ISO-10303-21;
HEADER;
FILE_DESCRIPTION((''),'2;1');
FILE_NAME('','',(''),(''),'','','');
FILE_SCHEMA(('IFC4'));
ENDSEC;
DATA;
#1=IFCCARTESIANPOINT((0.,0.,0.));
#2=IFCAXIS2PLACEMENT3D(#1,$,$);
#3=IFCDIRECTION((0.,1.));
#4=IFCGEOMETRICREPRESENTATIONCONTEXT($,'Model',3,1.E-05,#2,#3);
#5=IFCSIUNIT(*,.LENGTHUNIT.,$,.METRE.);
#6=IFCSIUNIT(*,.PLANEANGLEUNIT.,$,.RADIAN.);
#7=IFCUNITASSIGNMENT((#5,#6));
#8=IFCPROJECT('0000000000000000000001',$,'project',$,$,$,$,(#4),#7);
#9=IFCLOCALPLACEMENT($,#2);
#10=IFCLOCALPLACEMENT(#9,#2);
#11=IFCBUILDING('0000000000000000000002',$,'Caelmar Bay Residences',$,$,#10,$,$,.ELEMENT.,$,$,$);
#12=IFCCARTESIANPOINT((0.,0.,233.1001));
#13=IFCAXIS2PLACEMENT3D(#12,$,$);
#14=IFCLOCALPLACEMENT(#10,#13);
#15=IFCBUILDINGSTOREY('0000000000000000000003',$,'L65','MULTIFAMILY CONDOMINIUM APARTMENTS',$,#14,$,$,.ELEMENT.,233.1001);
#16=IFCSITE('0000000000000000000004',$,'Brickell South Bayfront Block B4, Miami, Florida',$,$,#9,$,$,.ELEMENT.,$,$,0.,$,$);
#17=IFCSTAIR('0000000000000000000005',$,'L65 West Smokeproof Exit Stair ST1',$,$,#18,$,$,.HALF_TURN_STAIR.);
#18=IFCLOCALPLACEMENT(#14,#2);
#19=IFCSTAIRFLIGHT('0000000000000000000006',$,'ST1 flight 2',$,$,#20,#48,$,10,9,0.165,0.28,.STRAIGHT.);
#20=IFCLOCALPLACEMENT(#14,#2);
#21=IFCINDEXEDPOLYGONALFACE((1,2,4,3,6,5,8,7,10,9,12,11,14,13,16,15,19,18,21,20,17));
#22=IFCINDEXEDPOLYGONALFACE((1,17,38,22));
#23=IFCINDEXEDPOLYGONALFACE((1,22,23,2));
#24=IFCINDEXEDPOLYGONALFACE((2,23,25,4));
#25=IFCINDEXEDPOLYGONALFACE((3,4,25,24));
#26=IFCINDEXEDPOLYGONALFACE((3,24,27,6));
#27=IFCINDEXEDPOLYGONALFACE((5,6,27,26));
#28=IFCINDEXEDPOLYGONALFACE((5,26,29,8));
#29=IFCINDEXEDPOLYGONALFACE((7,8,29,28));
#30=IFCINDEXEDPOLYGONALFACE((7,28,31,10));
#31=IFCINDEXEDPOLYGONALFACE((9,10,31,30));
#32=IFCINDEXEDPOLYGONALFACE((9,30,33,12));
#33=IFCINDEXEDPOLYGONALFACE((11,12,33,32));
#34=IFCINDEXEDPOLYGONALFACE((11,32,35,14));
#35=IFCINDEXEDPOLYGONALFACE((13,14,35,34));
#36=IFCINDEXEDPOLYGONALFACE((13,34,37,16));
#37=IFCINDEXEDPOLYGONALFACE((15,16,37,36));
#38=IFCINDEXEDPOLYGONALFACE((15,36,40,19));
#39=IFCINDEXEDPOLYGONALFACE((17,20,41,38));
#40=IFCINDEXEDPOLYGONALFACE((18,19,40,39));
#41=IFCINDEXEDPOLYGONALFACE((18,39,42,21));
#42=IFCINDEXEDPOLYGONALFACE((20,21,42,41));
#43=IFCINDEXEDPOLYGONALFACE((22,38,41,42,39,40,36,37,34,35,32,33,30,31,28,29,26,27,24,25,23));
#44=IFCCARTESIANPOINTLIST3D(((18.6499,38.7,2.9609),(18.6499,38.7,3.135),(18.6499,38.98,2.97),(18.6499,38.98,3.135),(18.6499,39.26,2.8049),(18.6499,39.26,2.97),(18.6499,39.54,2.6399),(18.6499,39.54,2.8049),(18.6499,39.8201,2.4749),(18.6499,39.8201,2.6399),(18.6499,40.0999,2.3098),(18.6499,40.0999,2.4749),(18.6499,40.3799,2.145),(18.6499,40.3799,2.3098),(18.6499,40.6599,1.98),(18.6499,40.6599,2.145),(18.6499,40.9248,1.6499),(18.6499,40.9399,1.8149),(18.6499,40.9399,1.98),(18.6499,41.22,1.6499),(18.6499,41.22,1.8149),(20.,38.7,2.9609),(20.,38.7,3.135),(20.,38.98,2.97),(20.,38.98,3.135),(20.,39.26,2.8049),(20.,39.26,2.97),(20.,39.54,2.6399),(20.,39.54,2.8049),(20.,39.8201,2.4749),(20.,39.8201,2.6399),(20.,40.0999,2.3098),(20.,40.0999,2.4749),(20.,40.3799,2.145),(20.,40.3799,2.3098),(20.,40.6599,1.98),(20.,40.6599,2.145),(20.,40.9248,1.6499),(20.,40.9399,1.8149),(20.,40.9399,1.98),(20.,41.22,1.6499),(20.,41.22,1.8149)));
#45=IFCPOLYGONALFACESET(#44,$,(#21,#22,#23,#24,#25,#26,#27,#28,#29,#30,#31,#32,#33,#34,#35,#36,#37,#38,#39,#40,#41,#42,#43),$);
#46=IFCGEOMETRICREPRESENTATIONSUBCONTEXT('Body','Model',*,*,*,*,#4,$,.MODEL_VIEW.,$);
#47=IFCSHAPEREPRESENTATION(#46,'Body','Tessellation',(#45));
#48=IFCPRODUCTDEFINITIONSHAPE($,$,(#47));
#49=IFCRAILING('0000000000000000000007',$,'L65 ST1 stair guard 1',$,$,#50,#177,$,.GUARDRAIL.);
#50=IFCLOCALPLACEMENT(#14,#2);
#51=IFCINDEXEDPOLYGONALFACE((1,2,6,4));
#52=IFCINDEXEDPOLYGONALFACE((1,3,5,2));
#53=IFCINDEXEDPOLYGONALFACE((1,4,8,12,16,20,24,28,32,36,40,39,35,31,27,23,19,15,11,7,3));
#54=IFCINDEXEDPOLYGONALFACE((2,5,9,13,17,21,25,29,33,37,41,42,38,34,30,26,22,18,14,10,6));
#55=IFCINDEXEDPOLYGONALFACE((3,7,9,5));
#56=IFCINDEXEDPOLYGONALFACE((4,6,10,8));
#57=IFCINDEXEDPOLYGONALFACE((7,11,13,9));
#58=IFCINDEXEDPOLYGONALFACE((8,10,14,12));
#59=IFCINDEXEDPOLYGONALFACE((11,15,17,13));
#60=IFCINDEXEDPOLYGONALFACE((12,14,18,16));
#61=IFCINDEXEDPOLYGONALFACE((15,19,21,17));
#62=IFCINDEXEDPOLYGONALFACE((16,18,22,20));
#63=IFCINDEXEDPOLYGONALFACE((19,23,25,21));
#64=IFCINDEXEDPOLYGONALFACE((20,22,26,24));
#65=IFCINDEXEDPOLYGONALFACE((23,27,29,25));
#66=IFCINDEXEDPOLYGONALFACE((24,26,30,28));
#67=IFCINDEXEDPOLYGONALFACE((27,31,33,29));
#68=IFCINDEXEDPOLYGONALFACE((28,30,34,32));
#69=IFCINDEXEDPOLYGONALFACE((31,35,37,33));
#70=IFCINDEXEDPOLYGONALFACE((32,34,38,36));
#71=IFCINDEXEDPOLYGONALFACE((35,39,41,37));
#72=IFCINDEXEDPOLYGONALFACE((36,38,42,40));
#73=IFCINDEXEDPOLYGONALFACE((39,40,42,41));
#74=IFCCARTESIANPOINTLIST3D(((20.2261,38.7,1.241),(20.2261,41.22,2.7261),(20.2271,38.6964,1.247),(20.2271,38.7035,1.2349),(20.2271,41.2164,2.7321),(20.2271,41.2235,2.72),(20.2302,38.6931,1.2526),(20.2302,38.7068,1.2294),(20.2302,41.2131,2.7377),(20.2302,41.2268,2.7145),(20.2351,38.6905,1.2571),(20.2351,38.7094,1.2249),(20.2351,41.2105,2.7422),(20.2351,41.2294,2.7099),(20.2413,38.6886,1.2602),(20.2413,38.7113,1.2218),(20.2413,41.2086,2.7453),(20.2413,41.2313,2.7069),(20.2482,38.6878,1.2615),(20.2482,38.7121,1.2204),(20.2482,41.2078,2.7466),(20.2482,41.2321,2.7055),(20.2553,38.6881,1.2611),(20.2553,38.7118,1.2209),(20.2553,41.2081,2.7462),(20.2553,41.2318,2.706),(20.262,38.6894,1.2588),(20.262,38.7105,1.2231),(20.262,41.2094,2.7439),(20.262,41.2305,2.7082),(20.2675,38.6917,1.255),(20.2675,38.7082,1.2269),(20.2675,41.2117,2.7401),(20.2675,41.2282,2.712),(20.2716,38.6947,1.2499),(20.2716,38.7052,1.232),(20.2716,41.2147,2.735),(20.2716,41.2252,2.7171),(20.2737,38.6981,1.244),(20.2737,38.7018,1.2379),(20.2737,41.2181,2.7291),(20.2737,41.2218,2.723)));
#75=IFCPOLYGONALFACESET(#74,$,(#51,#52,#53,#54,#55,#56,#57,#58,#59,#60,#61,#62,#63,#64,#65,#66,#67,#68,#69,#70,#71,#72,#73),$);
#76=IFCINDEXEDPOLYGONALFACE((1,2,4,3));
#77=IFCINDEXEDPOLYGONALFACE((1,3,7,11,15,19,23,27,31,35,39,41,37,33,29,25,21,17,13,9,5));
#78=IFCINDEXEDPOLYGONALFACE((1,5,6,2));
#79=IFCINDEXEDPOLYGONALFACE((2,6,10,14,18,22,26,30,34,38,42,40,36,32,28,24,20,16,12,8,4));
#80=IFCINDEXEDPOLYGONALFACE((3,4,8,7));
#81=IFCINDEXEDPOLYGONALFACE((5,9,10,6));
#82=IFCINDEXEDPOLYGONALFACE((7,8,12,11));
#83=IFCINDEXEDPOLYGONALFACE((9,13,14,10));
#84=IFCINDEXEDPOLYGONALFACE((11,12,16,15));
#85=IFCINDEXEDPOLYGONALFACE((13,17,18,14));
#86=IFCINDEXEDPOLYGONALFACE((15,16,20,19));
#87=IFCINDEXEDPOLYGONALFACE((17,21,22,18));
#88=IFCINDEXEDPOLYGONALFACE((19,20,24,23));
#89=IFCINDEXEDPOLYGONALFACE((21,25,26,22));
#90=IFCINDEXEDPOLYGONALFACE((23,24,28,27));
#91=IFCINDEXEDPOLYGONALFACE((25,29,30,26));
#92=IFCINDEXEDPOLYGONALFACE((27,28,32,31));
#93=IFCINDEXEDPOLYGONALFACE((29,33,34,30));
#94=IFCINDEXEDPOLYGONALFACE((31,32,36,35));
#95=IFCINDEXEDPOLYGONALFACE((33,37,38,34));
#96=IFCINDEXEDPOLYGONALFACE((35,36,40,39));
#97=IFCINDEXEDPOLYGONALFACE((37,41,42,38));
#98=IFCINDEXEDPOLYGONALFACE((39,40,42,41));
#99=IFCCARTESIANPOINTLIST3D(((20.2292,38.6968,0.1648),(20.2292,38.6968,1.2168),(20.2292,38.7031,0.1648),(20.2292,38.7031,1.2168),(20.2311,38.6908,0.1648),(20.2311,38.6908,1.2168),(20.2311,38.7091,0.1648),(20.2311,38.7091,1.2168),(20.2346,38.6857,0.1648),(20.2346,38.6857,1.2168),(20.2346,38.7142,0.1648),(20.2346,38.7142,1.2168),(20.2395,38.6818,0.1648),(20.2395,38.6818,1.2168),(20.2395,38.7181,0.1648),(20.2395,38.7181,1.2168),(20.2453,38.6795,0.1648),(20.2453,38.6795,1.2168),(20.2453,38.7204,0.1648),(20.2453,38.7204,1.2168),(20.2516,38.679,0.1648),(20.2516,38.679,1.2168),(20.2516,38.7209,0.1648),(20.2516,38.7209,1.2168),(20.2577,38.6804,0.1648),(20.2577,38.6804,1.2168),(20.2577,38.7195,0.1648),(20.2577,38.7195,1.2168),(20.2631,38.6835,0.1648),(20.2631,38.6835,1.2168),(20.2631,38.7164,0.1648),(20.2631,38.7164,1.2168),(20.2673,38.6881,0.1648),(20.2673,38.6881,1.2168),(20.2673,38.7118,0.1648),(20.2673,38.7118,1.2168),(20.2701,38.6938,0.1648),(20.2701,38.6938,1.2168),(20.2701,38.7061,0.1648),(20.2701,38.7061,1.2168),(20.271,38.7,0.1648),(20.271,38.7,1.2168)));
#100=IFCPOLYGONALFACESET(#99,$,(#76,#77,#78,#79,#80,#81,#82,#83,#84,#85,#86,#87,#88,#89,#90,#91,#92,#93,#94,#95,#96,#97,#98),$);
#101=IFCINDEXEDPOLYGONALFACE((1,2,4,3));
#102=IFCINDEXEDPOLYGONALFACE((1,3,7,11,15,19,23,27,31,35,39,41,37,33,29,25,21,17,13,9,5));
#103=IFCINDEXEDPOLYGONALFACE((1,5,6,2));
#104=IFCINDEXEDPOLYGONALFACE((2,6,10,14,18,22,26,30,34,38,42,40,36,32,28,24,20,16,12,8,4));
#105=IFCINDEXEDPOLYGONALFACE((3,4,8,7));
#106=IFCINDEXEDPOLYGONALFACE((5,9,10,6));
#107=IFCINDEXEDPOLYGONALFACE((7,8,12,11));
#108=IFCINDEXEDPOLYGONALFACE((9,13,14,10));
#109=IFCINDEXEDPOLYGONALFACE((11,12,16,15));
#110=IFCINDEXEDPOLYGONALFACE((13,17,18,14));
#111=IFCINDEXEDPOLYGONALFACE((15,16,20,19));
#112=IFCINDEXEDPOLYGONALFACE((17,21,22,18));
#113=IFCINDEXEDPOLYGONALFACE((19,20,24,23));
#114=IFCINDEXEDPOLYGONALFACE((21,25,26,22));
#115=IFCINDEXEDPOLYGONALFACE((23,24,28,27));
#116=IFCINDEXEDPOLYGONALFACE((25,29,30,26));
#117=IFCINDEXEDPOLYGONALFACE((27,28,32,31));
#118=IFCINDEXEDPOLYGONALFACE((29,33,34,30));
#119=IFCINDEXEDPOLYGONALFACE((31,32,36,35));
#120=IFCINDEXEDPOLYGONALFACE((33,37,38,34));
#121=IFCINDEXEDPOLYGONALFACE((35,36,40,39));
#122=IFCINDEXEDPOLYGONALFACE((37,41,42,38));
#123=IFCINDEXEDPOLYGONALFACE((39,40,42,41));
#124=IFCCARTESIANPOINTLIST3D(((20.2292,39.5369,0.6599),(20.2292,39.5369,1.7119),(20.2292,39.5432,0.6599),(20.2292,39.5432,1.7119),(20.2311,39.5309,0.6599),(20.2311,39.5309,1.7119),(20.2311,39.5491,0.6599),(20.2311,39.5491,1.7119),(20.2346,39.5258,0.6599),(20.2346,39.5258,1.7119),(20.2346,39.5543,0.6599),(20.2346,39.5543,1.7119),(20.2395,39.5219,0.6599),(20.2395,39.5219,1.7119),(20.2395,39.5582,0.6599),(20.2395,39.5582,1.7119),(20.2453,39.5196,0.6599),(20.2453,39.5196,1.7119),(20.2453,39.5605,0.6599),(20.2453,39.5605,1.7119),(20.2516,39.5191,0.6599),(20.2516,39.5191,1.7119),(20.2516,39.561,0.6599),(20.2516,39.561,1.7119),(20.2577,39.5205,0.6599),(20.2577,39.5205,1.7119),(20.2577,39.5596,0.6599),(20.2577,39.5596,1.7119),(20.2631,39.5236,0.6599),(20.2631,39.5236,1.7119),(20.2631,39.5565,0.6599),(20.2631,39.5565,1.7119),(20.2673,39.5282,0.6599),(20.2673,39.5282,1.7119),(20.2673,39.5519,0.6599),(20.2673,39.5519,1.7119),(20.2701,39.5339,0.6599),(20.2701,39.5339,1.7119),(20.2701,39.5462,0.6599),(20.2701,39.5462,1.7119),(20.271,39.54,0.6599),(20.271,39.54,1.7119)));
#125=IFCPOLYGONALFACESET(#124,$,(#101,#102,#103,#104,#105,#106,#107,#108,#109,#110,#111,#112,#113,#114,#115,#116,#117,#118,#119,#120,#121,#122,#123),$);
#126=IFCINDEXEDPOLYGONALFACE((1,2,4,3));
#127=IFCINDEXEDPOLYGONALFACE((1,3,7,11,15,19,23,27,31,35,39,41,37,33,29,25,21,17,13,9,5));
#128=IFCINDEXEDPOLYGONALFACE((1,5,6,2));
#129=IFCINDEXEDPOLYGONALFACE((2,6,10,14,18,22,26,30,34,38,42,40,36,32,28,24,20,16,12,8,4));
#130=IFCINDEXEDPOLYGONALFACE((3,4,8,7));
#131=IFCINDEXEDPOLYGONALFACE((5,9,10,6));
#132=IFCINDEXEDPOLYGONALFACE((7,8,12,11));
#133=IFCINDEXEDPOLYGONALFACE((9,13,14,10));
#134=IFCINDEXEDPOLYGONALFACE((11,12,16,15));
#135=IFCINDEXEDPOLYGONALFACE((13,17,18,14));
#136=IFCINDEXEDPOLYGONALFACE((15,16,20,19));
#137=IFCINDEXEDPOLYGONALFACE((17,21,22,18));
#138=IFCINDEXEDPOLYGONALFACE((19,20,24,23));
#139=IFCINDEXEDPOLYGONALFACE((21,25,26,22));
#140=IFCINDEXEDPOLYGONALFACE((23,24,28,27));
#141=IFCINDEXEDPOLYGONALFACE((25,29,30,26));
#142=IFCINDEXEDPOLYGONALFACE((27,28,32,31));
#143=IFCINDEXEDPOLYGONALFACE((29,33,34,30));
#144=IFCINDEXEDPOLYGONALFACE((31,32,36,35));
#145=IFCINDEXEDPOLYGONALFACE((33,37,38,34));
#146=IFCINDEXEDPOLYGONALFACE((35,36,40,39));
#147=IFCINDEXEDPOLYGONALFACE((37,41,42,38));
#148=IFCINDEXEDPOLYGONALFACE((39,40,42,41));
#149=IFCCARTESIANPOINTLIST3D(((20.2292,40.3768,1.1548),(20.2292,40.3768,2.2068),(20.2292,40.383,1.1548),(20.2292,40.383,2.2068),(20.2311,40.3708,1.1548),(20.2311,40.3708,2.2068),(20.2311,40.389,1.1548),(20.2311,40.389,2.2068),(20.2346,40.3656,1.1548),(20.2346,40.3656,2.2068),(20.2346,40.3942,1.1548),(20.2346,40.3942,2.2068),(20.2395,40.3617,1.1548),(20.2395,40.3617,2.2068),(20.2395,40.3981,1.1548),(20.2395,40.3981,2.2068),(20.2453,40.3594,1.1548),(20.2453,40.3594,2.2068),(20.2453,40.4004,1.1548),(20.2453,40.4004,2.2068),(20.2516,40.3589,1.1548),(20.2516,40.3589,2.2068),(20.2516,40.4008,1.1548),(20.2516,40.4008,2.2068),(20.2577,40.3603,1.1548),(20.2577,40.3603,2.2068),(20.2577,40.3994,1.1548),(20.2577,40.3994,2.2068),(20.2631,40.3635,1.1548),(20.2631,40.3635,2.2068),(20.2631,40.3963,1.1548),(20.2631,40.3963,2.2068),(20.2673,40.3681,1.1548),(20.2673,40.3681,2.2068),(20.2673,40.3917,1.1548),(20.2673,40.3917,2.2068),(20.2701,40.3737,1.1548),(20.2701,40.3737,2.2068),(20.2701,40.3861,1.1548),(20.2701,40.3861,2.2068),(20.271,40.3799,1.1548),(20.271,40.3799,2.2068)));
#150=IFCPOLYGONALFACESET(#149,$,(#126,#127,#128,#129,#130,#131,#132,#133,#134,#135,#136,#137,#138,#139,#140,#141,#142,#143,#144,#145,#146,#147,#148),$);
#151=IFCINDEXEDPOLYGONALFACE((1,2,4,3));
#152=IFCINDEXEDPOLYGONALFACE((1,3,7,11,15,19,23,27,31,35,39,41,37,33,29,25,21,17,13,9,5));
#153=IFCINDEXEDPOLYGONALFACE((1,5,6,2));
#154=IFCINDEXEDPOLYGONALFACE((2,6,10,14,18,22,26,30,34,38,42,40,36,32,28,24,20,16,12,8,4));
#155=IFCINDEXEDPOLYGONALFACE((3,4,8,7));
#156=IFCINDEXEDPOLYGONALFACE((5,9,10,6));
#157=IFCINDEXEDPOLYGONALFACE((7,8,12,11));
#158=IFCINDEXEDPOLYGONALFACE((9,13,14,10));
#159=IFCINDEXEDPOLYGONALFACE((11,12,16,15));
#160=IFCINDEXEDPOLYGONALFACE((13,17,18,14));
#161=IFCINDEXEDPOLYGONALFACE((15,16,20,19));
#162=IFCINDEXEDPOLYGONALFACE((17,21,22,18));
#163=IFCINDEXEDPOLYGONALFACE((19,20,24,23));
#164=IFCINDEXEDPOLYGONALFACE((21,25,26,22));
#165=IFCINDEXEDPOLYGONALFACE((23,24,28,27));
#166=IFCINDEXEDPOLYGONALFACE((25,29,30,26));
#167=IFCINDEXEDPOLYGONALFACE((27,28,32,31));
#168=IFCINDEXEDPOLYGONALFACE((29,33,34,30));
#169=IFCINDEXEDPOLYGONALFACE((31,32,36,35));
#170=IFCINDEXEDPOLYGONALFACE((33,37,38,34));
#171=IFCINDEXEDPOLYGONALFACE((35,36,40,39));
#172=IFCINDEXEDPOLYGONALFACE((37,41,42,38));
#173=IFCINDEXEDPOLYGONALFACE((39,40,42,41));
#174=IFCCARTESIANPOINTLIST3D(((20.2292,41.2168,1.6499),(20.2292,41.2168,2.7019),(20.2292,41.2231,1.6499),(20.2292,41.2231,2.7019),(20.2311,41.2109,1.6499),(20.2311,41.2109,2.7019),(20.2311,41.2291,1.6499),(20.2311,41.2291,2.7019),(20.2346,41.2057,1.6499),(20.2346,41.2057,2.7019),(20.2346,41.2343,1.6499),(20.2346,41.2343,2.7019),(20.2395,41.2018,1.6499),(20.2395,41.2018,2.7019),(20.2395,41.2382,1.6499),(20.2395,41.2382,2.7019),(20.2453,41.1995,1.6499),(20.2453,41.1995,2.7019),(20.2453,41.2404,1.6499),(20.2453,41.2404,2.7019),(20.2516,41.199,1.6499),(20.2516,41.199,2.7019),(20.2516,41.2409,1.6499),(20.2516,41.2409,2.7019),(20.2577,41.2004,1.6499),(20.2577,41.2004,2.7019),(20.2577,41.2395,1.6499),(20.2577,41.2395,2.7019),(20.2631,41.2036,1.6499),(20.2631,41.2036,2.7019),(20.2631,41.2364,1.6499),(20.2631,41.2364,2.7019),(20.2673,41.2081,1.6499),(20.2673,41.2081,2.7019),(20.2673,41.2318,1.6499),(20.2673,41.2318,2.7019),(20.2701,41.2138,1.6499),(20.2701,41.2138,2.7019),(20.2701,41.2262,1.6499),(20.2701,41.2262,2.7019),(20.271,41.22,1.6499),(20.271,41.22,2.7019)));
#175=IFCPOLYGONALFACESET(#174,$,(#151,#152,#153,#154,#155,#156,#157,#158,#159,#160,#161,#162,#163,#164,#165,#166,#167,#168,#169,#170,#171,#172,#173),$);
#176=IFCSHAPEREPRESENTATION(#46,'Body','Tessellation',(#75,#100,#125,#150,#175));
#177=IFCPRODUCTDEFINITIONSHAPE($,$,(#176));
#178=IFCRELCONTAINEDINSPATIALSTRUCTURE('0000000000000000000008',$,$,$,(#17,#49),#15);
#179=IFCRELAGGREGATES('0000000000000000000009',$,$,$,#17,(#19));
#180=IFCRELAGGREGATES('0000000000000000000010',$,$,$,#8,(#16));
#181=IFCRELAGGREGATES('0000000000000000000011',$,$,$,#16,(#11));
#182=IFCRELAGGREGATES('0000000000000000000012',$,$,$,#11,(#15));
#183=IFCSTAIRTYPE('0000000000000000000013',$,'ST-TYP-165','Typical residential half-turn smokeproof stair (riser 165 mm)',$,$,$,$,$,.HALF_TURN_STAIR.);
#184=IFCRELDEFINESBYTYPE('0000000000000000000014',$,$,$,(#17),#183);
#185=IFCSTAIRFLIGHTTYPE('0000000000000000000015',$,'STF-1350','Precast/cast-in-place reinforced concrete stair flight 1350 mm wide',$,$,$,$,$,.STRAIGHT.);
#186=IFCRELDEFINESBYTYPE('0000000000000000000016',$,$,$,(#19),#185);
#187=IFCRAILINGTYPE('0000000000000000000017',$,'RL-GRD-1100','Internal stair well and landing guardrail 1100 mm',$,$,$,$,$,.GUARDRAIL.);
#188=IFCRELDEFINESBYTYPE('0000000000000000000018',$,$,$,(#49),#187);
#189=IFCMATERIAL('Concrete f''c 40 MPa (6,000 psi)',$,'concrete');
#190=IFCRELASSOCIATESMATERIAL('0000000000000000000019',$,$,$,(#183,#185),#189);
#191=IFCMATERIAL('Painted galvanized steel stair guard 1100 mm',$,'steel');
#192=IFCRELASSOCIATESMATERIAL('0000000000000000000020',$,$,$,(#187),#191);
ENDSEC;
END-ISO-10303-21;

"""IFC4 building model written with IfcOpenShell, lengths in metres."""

from ifc_helpers import new_model, si_unit, direction, frame, origin, origin_2d, place, context, subcontext, project, spatial, polyline, circle, outline, extrude, material, type_object, element, aggregate, save


model = new_model("IFC4")

# Units and contexts
model_context = context("Model", 3, precision=1e-05, world=origin(), true_north=direction((0.0, 1.0)))
body_context = subcontext(model_context, "Body", "Model", "MODEL_VIEW")
ifc_project = project(units=[si_unit("LENGTHUNIT", "METRE"), si_unit("PLANEANGLEUNIT", "RADIAN")], contexts=[model_context])

# Site, building, storey
site_placement = place(None, origin())
site = spatial("IfcSite", under=ifc_project, at=site_placement, Name="Brickell South Bayfront Block B4, Miami, Florida", CompositionType="ELEMENT", RefElevation=0.0)
building_placement = place(site_placement, origin())
building = spatial("IfcBuilding", under=site, at=building_placement, Name="Caelmar Bay Residences", CompositionType="ELEMENT")
storey_placement = place(building_placement, frame((0.0, 0.0, 233.1001)))
storey = spatial("IfcBuildingStorey", under=building, at=storey_placement, Name="L65", Description="MULTIFAMILY CONDOMINIUM APARTMENTS", CompositionType="ELEMENT", Elevation=233.1001)

# Stair, stair flight
ifc_material_1 = material(Name="Concrete f'c 40 MPa (6,000 psi)", Category="concrete")
stair_type = type_object("IfcStairType", Name="ST-TYP-165", Description="Typical residential half-turn smokeproof stair (riser 165 mm)", PredefinedType="HALF_TURN_STAIR", material=ifc_material_1)
stair_placement = place(storey_placement, origin())
stair = element("IfcStair", 1, at=stair_placement, inside=storey, type_object=stair_type, Name="L65 West Smokeproof Exit Stair ST1", PredefinedType="HALF_TURN_STAIR")
stair_flight_type = type_object("IfcStairFlightType", Name="STF-1350", Description="Precast/cast-in-place reinforced concrete stair flight 1350 mm wide", PredefinedType="STRAIGHT", material=ifc_material_1)
stair_flight_1_placement = place(storey_placement, frame((19.325, 41.22, 1.6499), z_axis=(0.0, 0.0, 1.0), x_axis=(0.0, -1.0, 0.0)))
stair_flight_1 = element("IfcStairFlight", 2, at=stair_flight_1_placement, type_object=stair_flight_type, Name="ST1 flight 2", NumberOfRisers=10, NumberOfTreads=9, PredefinedType="STRAIGHT", RiserHeight=0.165, TreadLength=0.28, context=body_context, shape_type="SweptSolid", body=[
    extrude(outline(polyline([(0.0, 0.0), (0.0, 0.165), (0.28, 0.165), (0.28, 0.3301), (0.5601, 0.3301), (0.5601, 0.4951), (0.8401, 0.4951), (0.8401, 0.6599), (1.1201, 0.6599), (1.1201, 0.825), (1.3999, 0.825), (1.3999, 0.99), (1.6799, 0.99), (1.6799, 1.155), (1.96, 1.155), (1.96, 1.3201), (2.24, 1.3201), (2.24, 1.4851), (2.52, 1.4851), (2.52, 1.6499), (2.52, 1.311), (0.2952, 0.0), (0.0, 0.0)])), frame((0.0, 0.675, 0.0), z_axis=(0.0, -1.0, 0.0), x_axis=(1.0, 0.0, 0.0)), (0.0, 0.0, 1.0), 1.3501),
])
aggregate(stair, [stair_flight_1])

# Railing
ifc_material_2 = material(Name="Painted galvanized steel stair guard 1100 mm", Category="steel")
railing_type_1 = type_object("IfcRailingType", Name="RL-GRD-1100", Description="Internal stair well and landing guardrail 1100 mm", PredefinedType="GUARDRAIL", material=ifc_material_2)
railing_1_placement = place(storey_placement, frame((20.25, 38.7, 0.1648)))
element("IfcRailing", 3, at=railing_1_placement, inside=storey, type_object=railing_type_1, Name="L65 ST1 stair guard 1", PredefinedType="GUARDRAIL", context=body_context, shape_type="SweptSolid", body=[
    extrude(circle(Radius=0.0239, at=origin_2d()), frame((0.0, 0.0, 1.0762), z_axis=(0.0, 0.861524, 0.507717), x_axis=(-1.0, 0.0, 0.0)), (0.0, 0.0, 1.0), 2.925),
    extrude(circle(Radius=0.021, at=origin_2d()), origin(), (0.0, 0.0, 1.0), 1.052),
    extrude(circle(Radius=0.021, at=origin_2d()), frame((0.0, 0.8401, 0.4951)), (0.0, 0.0, 1.0), 1.052),
    extrude(circle(Radius=0.021, at=origin_2d()), frame((0.0, 1.6799, 0.99)), (0.0, 0.0, 1.0), 1.052),
    extrude(circle(Radius=0.021, at=origin_2d()), frame((0.0, 2.52, 1.4851)), (0.0, 0.0, 1.0), 1.052),
])

save(model, "model.ifc")
